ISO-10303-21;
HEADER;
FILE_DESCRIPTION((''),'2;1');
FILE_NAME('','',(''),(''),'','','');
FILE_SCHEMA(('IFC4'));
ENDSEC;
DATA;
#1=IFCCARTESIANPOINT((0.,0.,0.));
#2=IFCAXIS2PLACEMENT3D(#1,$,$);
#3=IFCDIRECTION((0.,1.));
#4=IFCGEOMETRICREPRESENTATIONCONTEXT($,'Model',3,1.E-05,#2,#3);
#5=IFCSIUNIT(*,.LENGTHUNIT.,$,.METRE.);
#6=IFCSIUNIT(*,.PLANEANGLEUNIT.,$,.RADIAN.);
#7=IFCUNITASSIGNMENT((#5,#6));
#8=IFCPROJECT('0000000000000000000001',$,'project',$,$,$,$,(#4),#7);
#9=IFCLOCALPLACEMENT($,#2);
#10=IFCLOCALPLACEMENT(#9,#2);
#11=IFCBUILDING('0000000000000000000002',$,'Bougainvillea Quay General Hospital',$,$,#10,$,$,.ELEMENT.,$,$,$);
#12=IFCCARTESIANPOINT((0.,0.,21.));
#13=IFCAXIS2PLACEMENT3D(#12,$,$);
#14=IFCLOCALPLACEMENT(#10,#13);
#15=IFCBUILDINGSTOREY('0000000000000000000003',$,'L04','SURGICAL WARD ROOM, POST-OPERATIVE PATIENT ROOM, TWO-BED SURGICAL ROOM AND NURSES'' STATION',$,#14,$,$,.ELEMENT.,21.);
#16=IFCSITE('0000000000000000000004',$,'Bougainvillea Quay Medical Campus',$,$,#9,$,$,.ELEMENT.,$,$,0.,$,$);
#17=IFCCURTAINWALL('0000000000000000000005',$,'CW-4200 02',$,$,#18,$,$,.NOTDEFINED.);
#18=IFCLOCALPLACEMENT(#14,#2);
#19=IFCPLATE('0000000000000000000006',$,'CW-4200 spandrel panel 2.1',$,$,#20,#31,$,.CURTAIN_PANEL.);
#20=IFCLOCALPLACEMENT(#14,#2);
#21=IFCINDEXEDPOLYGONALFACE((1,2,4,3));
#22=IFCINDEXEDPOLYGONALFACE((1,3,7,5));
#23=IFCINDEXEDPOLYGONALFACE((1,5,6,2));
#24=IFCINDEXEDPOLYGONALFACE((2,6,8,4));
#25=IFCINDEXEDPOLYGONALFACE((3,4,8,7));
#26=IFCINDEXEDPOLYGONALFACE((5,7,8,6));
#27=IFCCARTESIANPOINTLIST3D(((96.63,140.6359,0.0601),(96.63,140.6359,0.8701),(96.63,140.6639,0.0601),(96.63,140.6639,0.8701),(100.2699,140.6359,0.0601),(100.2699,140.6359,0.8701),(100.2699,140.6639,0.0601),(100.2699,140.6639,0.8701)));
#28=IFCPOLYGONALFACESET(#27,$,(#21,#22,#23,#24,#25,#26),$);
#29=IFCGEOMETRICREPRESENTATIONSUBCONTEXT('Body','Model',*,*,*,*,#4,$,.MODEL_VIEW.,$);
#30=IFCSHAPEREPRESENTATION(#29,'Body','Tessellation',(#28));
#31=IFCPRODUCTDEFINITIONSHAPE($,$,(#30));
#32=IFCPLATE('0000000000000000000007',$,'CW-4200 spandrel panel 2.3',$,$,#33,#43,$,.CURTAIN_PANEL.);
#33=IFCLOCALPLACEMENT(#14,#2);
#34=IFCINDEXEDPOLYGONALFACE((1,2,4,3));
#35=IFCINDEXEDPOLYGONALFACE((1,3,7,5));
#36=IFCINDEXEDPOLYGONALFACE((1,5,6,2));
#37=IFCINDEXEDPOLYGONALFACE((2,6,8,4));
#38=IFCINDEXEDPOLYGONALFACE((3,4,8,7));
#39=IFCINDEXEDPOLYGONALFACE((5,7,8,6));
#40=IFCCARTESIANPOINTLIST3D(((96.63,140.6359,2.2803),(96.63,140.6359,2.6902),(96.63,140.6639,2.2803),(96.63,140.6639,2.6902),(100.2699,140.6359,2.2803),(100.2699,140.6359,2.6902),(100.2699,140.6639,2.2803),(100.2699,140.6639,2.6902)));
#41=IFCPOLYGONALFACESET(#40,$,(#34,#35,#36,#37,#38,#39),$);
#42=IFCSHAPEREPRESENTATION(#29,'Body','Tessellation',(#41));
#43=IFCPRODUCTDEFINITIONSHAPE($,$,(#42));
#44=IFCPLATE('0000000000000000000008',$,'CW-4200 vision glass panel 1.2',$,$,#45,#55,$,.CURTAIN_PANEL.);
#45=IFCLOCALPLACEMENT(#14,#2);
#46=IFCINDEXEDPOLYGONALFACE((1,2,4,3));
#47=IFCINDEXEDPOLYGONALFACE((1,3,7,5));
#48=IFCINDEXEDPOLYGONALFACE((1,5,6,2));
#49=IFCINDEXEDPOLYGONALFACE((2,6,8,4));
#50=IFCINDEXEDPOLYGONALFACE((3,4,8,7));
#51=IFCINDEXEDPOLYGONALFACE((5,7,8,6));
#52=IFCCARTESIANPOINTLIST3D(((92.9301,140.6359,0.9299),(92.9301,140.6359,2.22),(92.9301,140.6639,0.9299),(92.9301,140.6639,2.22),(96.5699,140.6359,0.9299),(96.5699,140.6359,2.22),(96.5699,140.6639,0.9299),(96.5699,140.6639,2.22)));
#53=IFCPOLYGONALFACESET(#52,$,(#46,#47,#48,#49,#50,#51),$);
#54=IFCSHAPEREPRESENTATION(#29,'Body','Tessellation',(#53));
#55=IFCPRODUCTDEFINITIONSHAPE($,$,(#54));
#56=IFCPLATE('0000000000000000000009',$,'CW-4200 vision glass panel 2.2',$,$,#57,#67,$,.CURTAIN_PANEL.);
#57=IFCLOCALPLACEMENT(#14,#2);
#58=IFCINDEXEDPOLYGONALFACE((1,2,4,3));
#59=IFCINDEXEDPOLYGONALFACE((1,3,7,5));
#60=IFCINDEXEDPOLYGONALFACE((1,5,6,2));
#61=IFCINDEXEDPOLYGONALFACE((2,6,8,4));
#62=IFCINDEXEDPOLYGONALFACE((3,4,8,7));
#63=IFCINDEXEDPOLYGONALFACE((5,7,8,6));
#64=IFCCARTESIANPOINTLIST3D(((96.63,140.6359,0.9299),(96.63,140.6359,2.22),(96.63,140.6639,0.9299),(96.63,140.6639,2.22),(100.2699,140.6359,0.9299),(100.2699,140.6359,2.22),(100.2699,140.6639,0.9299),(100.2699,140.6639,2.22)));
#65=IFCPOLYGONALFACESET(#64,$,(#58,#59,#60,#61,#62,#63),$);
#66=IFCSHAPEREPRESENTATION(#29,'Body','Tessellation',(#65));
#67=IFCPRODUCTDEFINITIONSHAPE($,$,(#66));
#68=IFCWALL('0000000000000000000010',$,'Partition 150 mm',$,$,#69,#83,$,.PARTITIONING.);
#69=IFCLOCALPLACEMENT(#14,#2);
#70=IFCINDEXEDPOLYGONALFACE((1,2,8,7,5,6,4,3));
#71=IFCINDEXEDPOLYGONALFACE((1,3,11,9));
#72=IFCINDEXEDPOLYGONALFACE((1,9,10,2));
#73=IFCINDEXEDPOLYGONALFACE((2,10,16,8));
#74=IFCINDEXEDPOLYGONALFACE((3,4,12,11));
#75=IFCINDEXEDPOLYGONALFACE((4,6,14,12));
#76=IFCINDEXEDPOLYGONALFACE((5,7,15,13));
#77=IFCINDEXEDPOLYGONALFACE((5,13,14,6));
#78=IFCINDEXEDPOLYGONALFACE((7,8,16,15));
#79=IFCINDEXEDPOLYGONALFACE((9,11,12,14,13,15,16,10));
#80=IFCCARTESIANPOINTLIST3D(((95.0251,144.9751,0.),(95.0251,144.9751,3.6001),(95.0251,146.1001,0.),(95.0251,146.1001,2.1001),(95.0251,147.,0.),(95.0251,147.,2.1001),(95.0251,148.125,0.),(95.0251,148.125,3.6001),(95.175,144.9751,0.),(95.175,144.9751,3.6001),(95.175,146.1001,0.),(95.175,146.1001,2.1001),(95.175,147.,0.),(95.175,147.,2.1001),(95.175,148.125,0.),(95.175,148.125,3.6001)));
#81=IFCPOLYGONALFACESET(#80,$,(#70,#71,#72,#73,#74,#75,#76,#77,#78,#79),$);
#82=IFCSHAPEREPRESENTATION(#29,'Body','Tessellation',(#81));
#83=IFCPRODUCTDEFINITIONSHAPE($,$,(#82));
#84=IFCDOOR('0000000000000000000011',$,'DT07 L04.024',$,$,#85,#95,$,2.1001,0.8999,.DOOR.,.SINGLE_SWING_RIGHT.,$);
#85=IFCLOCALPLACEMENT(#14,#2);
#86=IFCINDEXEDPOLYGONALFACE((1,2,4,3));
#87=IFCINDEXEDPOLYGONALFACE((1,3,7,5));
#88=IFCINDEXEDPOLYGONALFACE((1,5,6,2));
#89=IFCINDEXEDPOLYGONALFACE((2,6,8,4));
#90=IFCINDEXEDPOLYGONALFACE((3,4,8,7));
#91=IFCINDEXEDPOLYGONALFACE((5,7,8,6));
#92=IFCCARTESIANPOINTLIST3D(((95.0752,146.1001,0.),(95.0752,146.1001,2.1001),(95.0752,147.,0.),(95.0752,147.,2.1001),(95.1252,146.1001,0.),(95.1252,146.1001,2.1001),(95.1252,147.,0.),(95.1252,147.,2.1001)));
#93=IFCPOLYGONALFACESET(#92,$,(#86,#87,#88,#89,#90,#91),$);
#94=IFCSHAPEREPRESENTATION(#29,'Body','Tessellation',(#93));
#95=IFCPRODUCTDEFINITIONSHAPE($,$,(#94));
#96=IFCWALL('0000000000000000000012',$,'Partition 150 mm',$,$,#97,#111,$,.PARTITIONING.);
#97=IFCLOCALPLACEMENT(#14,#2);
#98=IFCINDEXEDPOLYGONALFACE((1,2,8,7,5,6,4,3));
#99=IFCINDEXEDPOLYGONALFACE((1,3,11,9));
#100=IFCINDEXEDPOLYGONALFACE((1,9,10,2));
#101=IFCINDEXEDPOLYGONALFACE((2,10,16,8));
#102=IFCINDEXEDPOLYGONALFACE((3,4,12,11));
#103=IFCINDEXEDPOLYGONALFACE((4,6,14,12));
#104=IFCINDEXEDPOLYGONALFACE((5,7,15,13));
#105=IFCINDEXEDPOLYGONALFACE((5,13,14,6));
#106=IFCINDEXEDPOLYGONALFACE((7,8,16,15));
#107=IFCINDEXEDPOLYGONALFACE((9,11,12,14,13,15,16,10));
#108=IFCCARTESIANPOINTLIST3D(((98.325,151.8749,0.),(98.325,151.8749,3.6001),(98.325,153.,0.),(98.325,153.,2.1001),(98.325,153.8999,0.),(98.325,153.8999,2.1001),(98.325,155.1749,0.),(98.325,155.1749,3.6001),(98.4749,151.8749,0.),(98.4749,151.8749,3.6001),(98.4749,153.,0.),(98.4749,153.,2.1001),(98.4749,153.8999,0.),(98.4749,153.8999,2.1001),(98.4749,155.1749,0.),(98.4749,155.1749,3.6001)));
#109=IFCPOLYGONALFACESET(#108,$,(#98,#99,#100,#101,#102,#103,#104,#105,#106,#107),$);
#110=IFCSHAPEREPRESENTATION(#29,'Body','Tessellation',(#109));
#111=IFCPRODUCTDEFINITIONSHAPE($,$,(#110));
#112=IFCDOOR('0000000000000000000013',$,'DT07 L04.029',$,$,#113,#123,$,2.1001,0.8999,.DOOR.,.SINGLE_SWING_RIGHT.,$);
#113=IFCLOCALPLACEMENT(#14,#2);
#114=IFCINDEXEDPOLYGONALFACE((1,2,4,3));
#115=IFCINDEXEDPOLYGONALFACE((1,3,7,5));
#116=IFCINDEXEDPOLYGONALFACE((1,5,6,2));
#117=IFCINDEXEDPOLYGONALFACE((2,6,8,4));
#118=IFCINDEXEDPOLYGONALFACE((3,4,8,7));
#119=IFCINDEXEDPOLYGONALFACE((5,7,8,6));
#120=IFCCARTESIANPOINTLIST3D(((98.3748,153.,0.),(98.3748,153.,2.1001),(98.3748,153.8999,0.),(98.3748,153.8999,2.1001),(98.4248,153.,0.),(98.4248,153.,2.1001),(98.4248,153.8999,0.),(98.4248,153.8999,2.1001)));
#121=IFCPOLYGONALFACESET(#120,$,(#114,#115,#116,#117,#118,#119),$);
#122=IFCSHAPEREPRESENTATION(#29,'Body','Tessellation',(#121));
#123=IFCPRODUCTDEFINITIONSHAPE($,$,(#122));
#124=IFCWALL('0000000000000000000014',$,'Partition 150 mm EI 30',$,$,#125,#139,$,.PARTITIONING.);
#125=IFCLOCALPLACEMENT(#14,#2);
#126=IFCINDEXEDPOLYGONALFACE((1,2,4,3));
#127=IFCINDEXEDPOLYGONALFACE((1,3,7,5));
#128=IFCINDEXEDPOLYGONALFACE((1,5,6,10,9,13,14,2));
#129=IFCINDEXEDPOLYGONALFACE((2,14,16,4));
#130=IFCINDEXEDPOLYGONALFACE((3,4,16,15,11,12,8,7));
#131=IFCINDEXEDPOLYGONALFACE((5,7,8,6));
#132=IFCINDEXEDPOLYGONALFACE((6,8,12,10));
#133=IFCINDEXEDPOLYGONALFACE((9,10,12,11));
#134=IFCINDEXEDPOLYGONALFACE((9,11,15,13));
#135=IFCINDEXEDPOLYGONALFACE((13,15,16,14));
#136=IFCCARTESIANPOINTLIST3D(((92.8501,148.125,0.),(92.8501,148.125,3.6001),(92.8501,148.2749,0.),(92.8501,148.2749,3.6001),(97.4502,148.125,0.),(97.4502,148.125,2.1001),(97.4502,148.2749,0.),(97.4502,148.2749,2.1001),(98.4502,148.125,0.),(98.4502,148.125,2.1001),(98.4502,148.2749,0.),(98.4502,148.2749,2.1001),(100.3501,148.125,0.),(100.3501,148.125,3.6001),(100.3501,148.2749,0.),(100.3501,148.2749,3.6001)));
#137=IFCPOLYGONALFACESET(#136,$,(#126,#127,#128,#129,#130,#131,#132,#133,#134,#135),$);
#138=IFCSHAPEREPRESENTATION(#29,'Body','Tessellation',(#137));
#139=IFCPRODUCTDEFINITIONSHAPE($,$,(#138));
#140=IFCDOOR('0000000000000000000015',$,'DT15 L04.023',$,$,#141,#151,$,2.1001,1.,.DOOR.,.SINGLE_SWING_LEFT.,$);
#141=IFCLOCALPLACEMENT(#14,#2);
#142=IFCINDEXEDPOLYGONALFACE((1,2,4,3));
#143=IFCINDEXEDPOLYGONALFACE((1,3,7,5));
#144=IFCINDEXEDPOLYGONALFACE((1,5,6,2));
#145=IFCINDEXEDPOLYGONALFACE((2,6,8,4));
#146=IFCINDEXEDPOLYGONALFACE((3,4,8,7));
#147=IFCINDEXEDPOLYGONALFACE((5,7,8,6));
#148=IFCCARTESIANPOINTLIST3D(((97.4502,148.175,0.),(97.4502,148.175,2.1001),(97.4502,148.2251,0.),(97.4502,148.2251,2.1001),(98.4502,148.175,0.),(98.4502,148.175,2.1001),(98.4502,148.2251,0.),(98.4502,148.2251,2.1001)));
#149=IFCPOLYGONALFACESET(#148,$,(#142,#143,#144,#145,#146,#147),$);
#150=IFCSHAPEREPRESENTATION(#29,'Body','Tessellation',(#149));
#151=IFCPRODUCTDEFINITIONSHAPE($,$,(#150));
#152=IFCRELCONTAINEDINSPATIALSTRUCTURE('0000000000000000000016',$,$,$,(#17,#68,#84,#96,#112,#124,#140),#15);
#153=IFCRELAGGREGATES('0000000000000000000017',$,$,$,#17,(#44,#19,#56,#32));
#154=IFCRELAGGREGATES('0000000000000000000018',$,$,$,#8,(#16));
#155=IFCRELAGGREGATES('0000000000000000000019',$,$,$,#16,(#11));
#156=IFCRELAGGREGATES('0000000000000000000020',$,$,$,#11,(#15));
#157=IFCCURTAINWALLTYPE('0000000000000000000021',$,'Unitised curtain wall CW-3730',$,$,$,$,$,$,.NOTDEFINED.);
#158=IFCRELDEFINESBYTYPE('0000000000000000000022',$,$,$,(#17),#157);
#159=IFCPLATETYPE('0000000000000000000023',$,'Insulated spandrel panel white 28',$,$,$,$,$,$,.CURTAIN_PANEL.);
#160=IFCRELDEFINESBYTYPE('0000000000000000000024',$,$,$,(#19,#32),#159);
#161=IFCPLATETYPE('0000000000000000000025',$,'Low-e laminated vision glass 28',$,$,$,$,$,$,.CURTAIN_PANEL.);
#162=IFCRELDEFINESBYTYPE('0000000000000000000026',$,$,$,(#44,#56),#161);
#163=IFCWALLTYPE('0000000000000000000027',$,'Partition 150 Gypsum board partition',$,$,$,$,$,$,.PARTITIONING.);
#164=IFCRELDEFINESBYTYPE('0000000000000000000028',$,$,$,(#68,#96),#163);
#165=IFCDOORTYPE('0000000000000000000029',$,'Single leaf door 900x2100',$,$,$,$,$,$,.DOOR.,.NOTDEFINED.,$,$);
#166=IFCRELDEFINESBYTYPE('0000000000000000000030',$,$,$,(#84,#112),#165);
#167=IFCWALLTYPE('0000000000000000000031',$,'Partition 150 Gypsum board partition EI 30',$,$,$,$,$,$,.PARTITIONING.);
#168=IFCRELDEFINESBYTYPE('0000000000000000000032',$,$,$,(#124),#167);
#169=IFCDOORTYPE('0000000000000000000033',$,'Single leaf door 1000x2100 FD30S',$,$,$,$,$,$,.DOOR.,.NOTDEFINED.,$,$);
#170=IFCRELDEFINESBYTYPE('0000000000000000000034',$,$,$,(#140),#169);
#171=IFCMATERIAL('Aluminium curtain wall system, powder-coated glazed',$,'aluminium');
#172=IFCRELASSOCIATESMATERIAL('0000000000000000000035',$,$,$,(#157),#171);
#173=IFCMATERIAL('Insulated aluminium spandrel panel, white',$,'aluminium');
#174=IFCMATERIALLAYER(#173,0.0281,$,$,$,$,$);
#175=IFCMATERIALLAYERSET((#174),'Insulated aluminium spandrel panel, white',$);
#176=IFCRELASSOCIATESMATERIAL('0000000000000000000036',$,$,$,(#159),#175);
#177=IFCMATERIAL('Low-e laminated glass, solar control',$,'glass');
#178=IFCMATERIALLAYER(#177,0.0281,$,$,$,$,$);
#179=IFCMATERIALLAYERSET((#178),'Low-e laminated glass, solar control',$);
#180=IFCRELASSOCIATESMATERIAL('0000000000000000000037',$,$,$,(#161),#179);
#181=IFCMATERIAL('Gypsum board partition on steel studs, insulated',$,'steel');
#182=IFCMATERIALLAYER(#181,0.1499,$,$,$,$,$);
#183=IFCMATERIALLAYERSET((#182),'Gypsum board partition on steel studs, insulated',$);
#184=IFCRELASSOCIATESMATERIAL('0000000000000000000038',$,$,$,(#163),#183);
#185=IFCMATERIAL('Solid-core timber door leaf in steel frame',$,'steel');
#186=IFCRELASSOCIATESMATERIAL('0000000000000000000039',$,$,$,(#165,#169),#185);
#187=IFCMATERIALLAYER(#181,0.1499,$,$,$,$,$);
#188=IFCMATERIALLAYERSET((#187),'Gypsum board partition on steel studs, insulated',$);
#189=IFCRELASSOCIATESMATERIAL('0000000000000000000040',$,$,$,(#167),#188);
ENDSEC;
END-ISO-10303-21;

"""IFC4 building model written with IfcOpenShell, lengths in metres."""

from ifc_helpers import new_model, si_unit, direction, frame, frame_2d, origin, origin_2d, place, context, subcontext, project, spatial, rectangle, extrude, material, layer, layer_set, type_object, element, fill, aggregate, save


model = new_model("IFC4")

# Units and contexts
model_context = context("Model", 3, precision=1e-05, world=origin(), true_north=direction((0.0, 1.0)))
body_context = subcontext(model_context, "Body", "Model", "MODEL_VIEW")
ifc_project = project(units=[si_unit("LENGTHUNIT", "METRE"), si_unit("PLANEANGLEUNIT", "RADIAN")], contexts=[model_context])

# Site, building, storey
site_placement = place(None, origin())
site = spatial("IfcSite", under=ifc_project, at=site_placement, Name="Bougainvillea Quay Medical Campus", CompositionType="ELEMENT", RefElevation=0.0)
building_placement = place(site_placement, origin())
building = spatial("IfcBuilding", under=site, at=building_placement, Name="Bougainvillea Quay General Hospital", CompositionType="ELEMENT")
storey_placement = place(building_placement, frame((0.0, 0.0, 21.0)))
storey = spatial("IfcBuildingStorey", under=building, at=storey_placement, Name="L04", Description="SURGICAL WARD ROOM, POST-OPERATIVE PATIENT ROOM, TWO-BED SURGICAL ROOM AND NURSES' STATION", CompositionType="ELEMENT", Elevation=21.0)

# Curtain wall, plates
ifc_material_1 = material(Name="Aluminium curtain wall system, powder-coated glazed", Category="aluminium")
curtain_wall_type = type_object("IfcCurtainWallType", Name="Unitised curtain wall CW-3730", PredefinedType="NOTDEFINED", material=ifc_material_1)
curtain_wall_placement = place(storey_placement, origin())
curtain_wall = element("IfcCurtainWall", 1, at=curtain_wall_placement, inside=storey, type_object=curtain_wall_type, Name="CW-4200 02", PredefinedType="NOTDEFINED")
ifc_material_2 = material(Name="Insulated aluminium spandrel panel, white", Category="aluminium")
ifc_layer_1 = layer(ifc_material_2, 0.0281)
ifc_layer_set_1 = layer_set([ifc_layer_1], Name="Insulated aluminium spandrel panel, white")
plate_type_1 = type_object("IfcPlateType", Name="Insulated spandrel panel white 28", PredefinedType="CURTAIN_PANEL", material=ifc_layer_set_1)
plate_1_placement = place(storey_placement, frame((98.45, 140.6499, 0.0601), z_axis=(0.0, 0.0, 1.0), x_axis=(1.0, 0.0, 0.0)))
plate_1 = element("IfcPlate", 2, at=plate_1_placement, type_object=plate_type_1, Name="CW-4200 spandrel panel 2.1", PredefinedType="CURTAIN_PANEL", context=body_context, shape_type="SweptSolid", body=[
    extrude(rectangle(XDim=3.6399, YDim=0.0281, at=origin_2d()), origin(), (0.0, 0.0, 1.0), 0.8101),
])
plate_2_placement = place(storey_placement, frame((98.45, 140.6499, 2.2803), z_axis=(0.0, 0.0, 1.0), x_axis=(1.0, 0.0, 0.0)))
plate_2 = element("IfcPlate", 3, at=plate_2_placement, type_object=plate_type_1, Name="CW-4200 spandrel panel 2.3", PredefinedType="CURTAIN_PANEL", context=body_context, shape_type="SweptSolid", body=[
    extrude(rectangle(XDim=3.6399, YDim=0.0281, at=origin_2d()), origin(), (0.0, 0.0, 1.0), 0.4099),
])
ifc_material_3 = material(Name="Low-e laminated glass, solar control", Category="glass")
ifc_layer_2 = layer(ifc_material_3, 0.0281)
ifc_layer_set_2 = layer_set([ifc_layer_2], Name="Low-e laminated glass, solar control")
plate_type_2 = type_object("IfcPlateType", Name="Low-e laminated vision glass 28", PredefinedType="CURTAIN_PANEL", material=ifc_layer_set_2)
plate_3_placement = place(storey_placement, frame((94.75, 140.6499, 0.9299), z_axis=(0.0, 0.0, 1.0), x_axis=(1.0, 0.0, 0.0)))
plate_3 = element("IfcPlate", 4, at=plate_3_placement, type_object=plate_type_2, Name="CW-4200 vision glass panel 1.2", PredefinedType="CURTAIN_PANEL", context=body_context, shape_type="SweptSolid", body=[
    extrude(rectangle(XDim=3.6399, YDim=0.0281, at=origin_2d()), origin(), (0.0, 0.0, 1.0), 1.29),
])
plate_4_placement = place(storey_placement, frame((98.45, 140.6499, 0.9299), z_axis=(0.0, 0.0, 1.0), x_axis=(1.0, 0.0, 0.0)))
plate_4 = element("IfcPlate", 5, at=plate_4_placement, type_object=plate_type_2, Name="CW-4200 vision glass panel 2.2", PredefinedType="CURTAIN_PANEL", context=body_context, shape_type="SweptSolid", body=[
    extrude(rectangle(XDim=3.6399, YDim=0.0281, at=origin_2d()), origin(), (0.0, 0.0, 1.0), 1.29),
])
aggregate(curtain_wall, [plate_3, plate_1, plate_4, plate_2])

# Walls, openings, doors
ifc_material_4 = material(Name="Gypsum board partition on steel studs, insulated", Category="steel")
ifc_layer_3 = layer(ifc_material_4, 0.1499)
ifc_layer_set_3 = layer_set([ifc_layer_3], Name="Gypsum board partition on steel studs, insulated")
wall_type_1 = type_object("IfcWallType", Name="Partition 150 Gypsum board partition", PredefinedType="PARTITIONING", material=ifc_layer_set_3)
wall_1_placement = place(storey_placement, frame((95.1001, 144.9751, 0.0), z_axis=(0.0, 0.0, 1.0), x_axis=(0.0, 1.0, 0.0)))
wall_1 = element("IfcWall", 6, at=wall_1_placement, inside=storey, type_object=wall_type_1, Name="Partition 150 mm", PredefinedType="PARTITIONING", context=body_context, shape_type="SweptSolid", body=[
    extrude(rectangle(XDim=3.1499, YDim=0.1499, at=frame_2d((1.575, 0.0))), origin(), (0.0, 0.0, 1.0), 3.6001),
])
opening_1_placement = place(wall_1_placement, frame((1.125, 0.0, 0.0)))
opening_1 = element("IfcOpeningElement", 7, at=opening_1_placement, cuts=wall_1, PredefinedType="OPENING", context=body_context, shape_type="SweptSolid", body=[
    extrude(rectangle(XDim=0.8999, YDim=2.1001, at=frame_2d((0.45, 1.05))), frame((0.0, 0.085, 0.0), z_axis=(0.0, -1.0, 0.0), x_axis=(1.0, 0.0, 0.0)), (0.0, 0.0, 1.0), 0.1699),
])
ifc_material_5 = material(Name="Solid-core timber door leaf in steel frame", Category="steel")
door_type_1 = type_object("IfcDoorType", Name="Single leaf door 900x2100", OperationType="NOTDEFINED", PredefinedType="DOOR", material=ifc_material_5)
door_1_placement = place(opening_1_placement, origin())
door_1 = element("IfcDoor", 8, at=door_1_placement, inside=storey, type_object=door_type_1, Name="DT07 L04.024", OperationType="SINGLE_SWING_RIGHT", OverallHeight=2.1001, OverallWidth=0.8999, PredefinedType="DOOR", context=body_context, shape_type="SweptSolid", body=[
    extrude(rectangle(XDim=0.8999, YDim=2.1001, at=frame_2d((0.45, 1.05))), frame((0.0, 0.0249, 0.0), z_axis=(0.0, -1.0, 0.0), x_axis=(1.0, 0.0, 0.0)), (0.0, 0.0, 1.0), 0.05),
])
fill(opening_1, door_1)
wall_2_placement = place(storey_placement, frame((98.3999, 151.875, 0.0), z_axis=(0.0, 0.0, 1.0), x_axis=(0.0, 1.0, 0.0)))
wall_2 = element("IfcWall", 9, at=wall_2_placement, inside=storey, type_object=wall_type_1, Name="Partition 150 mm", PredefinedType="PARTITIONING", context=body_context, shape_type="SweptSolid", body=[
    extrude(rectangle(XDim=3.3, YDim=0.1499, at=frame_2d((1.6499, 0.0))), origin(), (0.0, 0.0, 1.0), 3.6001),
])
opening_2_placement = place(wall_2_placement, frame((1.125, 0.0, 0.0)))
opening_2 = element("IfcOpeningElement", 10, at=opening_2_placement, cuts=wall_2, PredefinedType="OPENING", context=body_context, shape_type="SweptSolid", body=[
    extrude(rectangle(XDim=0.8999, YDim=2.1001, at=frame_2d((0.45, 1.05))), frame((0.0, 0.085, 0.0), z_axis=(0.0, -1.0, 0.0), x_axis=(1.0, 0.0, 0.0)), (0.0, 0.0, 1.0), 0.1699),
])
door_2_placement = place(opening_2_placement, frame((0.8999, 0.0, 0.0), z_axis=(0.0, 0.0, 1.0), x_axis=(-1.0, 0.0, 0.0)))
door_2 = element("IfcDoor", 11, at=door_2_placement, inside=storey, type_object=door_type_1, Name="DT07 L04.029", OperationType="SINGLE_SWING_RIGHT", OverallHeight=2.1001, OverallWidth=0.8999, PredefinedType="DOOR", context=body_context, shape_type="SweptSolid", body=[
    extrude(rectangle(XDim=0.8999, YDim=2.1001, at=frame_2d((0.45, 1.05))), frame((0.0, 0.0249, 0.0), z_axis=(0.0, -1.0, 0.0), x_axis=(1.0, 0.0, 0.0)), (0.0, 0.0, 1.0), 0.05),
])
fill(opening_2, door_2)
ifc_layer_4 = layer(ifc_material_4, 0.1499)
ifc_layer_set_4 = layer_set([ifc_layer_4], Name="Gypsum board partition on steel studs, insulated")
wall_type_2 = type_object("IfcWallType", Name="Partition 150 Gypsum board partition EI 30", PredefinedType="PARTITIONING", material=ifc_layer_set_4)
wall_3_placement = place(storey_placement, frame((100.3501, 148.2, 0.0), z_axis=(0.0, 0.0, 1.0), x_axis=(-1.0, 0.0, 0.0)))
wall_3 = element("IfcWall", 12, at=wall_3_placement, inside=storey, type_object=wall_type_2, Name="Partition 150 mm EI 30", PredefinedType="PARTITIONING", context=body_context, shape_type="SweptSolid", body=[
    extrude(rectangle(XDim=7.5, YDim=0.1499, at=frame_2d((3.75, 0.0))), origin(), (0.0, 0.0, 1.0), 3.6001),
])
opening_3_placement = place(wall_3_placement, frame((1.8999, 0.0, 0.0)))
opening_3 = element("IfcOpeningElement", 13, at=opening_3_placement, cuts=wall_3, PredefinedType="OPENING", context=body_context, shape_type="SweptSolid", body=[
    extrude(rectangle(XDim=1.0, YDim=2.1001, at=frame_2d((0.5, 1.05))), frame((0.0, 0.085, 0.0), z_axis=(0.0, -1.0, 0.0), x_axis=(1.0, 0.0, 0.0)), (0.0, 0.0, 1.0), 0.1699),
])
door_type_2 = type_object("IfcDoorType", Name="Single leaf door 1000x2100 FD30S", OperationType="NOTDEFINED", PredefinedType="DOOR", material=ifc_material_5)
door_3_placement = place(opening_3_placement, origin())
door_3 = element("IfcDoor", 14, at=door_3_placement, inside=storey, type_object=door_type_2, Name="DT15 L04.023", OperationType="SINGLE_SWING_LEFT", OverallHeight=2.1001, OverallWidth=1.0, PredefinedType="DOOR", context=body_context, shape_type="SweptSolid", body=[
    extrude(rectangle(XDim=1.0, YDim=2.1001, at=frame_2d((0.5, 1.05))), frame((0.0, 0.0249, 0.0), z_axis=(0.0, -1.0, 0.0), x_axis=(1.0, 0.0, 0.0)), (0.0, 0.0, 1.0), 0.05),
])
fill(opening_3, door_3)

save(model, "model.ifc")
